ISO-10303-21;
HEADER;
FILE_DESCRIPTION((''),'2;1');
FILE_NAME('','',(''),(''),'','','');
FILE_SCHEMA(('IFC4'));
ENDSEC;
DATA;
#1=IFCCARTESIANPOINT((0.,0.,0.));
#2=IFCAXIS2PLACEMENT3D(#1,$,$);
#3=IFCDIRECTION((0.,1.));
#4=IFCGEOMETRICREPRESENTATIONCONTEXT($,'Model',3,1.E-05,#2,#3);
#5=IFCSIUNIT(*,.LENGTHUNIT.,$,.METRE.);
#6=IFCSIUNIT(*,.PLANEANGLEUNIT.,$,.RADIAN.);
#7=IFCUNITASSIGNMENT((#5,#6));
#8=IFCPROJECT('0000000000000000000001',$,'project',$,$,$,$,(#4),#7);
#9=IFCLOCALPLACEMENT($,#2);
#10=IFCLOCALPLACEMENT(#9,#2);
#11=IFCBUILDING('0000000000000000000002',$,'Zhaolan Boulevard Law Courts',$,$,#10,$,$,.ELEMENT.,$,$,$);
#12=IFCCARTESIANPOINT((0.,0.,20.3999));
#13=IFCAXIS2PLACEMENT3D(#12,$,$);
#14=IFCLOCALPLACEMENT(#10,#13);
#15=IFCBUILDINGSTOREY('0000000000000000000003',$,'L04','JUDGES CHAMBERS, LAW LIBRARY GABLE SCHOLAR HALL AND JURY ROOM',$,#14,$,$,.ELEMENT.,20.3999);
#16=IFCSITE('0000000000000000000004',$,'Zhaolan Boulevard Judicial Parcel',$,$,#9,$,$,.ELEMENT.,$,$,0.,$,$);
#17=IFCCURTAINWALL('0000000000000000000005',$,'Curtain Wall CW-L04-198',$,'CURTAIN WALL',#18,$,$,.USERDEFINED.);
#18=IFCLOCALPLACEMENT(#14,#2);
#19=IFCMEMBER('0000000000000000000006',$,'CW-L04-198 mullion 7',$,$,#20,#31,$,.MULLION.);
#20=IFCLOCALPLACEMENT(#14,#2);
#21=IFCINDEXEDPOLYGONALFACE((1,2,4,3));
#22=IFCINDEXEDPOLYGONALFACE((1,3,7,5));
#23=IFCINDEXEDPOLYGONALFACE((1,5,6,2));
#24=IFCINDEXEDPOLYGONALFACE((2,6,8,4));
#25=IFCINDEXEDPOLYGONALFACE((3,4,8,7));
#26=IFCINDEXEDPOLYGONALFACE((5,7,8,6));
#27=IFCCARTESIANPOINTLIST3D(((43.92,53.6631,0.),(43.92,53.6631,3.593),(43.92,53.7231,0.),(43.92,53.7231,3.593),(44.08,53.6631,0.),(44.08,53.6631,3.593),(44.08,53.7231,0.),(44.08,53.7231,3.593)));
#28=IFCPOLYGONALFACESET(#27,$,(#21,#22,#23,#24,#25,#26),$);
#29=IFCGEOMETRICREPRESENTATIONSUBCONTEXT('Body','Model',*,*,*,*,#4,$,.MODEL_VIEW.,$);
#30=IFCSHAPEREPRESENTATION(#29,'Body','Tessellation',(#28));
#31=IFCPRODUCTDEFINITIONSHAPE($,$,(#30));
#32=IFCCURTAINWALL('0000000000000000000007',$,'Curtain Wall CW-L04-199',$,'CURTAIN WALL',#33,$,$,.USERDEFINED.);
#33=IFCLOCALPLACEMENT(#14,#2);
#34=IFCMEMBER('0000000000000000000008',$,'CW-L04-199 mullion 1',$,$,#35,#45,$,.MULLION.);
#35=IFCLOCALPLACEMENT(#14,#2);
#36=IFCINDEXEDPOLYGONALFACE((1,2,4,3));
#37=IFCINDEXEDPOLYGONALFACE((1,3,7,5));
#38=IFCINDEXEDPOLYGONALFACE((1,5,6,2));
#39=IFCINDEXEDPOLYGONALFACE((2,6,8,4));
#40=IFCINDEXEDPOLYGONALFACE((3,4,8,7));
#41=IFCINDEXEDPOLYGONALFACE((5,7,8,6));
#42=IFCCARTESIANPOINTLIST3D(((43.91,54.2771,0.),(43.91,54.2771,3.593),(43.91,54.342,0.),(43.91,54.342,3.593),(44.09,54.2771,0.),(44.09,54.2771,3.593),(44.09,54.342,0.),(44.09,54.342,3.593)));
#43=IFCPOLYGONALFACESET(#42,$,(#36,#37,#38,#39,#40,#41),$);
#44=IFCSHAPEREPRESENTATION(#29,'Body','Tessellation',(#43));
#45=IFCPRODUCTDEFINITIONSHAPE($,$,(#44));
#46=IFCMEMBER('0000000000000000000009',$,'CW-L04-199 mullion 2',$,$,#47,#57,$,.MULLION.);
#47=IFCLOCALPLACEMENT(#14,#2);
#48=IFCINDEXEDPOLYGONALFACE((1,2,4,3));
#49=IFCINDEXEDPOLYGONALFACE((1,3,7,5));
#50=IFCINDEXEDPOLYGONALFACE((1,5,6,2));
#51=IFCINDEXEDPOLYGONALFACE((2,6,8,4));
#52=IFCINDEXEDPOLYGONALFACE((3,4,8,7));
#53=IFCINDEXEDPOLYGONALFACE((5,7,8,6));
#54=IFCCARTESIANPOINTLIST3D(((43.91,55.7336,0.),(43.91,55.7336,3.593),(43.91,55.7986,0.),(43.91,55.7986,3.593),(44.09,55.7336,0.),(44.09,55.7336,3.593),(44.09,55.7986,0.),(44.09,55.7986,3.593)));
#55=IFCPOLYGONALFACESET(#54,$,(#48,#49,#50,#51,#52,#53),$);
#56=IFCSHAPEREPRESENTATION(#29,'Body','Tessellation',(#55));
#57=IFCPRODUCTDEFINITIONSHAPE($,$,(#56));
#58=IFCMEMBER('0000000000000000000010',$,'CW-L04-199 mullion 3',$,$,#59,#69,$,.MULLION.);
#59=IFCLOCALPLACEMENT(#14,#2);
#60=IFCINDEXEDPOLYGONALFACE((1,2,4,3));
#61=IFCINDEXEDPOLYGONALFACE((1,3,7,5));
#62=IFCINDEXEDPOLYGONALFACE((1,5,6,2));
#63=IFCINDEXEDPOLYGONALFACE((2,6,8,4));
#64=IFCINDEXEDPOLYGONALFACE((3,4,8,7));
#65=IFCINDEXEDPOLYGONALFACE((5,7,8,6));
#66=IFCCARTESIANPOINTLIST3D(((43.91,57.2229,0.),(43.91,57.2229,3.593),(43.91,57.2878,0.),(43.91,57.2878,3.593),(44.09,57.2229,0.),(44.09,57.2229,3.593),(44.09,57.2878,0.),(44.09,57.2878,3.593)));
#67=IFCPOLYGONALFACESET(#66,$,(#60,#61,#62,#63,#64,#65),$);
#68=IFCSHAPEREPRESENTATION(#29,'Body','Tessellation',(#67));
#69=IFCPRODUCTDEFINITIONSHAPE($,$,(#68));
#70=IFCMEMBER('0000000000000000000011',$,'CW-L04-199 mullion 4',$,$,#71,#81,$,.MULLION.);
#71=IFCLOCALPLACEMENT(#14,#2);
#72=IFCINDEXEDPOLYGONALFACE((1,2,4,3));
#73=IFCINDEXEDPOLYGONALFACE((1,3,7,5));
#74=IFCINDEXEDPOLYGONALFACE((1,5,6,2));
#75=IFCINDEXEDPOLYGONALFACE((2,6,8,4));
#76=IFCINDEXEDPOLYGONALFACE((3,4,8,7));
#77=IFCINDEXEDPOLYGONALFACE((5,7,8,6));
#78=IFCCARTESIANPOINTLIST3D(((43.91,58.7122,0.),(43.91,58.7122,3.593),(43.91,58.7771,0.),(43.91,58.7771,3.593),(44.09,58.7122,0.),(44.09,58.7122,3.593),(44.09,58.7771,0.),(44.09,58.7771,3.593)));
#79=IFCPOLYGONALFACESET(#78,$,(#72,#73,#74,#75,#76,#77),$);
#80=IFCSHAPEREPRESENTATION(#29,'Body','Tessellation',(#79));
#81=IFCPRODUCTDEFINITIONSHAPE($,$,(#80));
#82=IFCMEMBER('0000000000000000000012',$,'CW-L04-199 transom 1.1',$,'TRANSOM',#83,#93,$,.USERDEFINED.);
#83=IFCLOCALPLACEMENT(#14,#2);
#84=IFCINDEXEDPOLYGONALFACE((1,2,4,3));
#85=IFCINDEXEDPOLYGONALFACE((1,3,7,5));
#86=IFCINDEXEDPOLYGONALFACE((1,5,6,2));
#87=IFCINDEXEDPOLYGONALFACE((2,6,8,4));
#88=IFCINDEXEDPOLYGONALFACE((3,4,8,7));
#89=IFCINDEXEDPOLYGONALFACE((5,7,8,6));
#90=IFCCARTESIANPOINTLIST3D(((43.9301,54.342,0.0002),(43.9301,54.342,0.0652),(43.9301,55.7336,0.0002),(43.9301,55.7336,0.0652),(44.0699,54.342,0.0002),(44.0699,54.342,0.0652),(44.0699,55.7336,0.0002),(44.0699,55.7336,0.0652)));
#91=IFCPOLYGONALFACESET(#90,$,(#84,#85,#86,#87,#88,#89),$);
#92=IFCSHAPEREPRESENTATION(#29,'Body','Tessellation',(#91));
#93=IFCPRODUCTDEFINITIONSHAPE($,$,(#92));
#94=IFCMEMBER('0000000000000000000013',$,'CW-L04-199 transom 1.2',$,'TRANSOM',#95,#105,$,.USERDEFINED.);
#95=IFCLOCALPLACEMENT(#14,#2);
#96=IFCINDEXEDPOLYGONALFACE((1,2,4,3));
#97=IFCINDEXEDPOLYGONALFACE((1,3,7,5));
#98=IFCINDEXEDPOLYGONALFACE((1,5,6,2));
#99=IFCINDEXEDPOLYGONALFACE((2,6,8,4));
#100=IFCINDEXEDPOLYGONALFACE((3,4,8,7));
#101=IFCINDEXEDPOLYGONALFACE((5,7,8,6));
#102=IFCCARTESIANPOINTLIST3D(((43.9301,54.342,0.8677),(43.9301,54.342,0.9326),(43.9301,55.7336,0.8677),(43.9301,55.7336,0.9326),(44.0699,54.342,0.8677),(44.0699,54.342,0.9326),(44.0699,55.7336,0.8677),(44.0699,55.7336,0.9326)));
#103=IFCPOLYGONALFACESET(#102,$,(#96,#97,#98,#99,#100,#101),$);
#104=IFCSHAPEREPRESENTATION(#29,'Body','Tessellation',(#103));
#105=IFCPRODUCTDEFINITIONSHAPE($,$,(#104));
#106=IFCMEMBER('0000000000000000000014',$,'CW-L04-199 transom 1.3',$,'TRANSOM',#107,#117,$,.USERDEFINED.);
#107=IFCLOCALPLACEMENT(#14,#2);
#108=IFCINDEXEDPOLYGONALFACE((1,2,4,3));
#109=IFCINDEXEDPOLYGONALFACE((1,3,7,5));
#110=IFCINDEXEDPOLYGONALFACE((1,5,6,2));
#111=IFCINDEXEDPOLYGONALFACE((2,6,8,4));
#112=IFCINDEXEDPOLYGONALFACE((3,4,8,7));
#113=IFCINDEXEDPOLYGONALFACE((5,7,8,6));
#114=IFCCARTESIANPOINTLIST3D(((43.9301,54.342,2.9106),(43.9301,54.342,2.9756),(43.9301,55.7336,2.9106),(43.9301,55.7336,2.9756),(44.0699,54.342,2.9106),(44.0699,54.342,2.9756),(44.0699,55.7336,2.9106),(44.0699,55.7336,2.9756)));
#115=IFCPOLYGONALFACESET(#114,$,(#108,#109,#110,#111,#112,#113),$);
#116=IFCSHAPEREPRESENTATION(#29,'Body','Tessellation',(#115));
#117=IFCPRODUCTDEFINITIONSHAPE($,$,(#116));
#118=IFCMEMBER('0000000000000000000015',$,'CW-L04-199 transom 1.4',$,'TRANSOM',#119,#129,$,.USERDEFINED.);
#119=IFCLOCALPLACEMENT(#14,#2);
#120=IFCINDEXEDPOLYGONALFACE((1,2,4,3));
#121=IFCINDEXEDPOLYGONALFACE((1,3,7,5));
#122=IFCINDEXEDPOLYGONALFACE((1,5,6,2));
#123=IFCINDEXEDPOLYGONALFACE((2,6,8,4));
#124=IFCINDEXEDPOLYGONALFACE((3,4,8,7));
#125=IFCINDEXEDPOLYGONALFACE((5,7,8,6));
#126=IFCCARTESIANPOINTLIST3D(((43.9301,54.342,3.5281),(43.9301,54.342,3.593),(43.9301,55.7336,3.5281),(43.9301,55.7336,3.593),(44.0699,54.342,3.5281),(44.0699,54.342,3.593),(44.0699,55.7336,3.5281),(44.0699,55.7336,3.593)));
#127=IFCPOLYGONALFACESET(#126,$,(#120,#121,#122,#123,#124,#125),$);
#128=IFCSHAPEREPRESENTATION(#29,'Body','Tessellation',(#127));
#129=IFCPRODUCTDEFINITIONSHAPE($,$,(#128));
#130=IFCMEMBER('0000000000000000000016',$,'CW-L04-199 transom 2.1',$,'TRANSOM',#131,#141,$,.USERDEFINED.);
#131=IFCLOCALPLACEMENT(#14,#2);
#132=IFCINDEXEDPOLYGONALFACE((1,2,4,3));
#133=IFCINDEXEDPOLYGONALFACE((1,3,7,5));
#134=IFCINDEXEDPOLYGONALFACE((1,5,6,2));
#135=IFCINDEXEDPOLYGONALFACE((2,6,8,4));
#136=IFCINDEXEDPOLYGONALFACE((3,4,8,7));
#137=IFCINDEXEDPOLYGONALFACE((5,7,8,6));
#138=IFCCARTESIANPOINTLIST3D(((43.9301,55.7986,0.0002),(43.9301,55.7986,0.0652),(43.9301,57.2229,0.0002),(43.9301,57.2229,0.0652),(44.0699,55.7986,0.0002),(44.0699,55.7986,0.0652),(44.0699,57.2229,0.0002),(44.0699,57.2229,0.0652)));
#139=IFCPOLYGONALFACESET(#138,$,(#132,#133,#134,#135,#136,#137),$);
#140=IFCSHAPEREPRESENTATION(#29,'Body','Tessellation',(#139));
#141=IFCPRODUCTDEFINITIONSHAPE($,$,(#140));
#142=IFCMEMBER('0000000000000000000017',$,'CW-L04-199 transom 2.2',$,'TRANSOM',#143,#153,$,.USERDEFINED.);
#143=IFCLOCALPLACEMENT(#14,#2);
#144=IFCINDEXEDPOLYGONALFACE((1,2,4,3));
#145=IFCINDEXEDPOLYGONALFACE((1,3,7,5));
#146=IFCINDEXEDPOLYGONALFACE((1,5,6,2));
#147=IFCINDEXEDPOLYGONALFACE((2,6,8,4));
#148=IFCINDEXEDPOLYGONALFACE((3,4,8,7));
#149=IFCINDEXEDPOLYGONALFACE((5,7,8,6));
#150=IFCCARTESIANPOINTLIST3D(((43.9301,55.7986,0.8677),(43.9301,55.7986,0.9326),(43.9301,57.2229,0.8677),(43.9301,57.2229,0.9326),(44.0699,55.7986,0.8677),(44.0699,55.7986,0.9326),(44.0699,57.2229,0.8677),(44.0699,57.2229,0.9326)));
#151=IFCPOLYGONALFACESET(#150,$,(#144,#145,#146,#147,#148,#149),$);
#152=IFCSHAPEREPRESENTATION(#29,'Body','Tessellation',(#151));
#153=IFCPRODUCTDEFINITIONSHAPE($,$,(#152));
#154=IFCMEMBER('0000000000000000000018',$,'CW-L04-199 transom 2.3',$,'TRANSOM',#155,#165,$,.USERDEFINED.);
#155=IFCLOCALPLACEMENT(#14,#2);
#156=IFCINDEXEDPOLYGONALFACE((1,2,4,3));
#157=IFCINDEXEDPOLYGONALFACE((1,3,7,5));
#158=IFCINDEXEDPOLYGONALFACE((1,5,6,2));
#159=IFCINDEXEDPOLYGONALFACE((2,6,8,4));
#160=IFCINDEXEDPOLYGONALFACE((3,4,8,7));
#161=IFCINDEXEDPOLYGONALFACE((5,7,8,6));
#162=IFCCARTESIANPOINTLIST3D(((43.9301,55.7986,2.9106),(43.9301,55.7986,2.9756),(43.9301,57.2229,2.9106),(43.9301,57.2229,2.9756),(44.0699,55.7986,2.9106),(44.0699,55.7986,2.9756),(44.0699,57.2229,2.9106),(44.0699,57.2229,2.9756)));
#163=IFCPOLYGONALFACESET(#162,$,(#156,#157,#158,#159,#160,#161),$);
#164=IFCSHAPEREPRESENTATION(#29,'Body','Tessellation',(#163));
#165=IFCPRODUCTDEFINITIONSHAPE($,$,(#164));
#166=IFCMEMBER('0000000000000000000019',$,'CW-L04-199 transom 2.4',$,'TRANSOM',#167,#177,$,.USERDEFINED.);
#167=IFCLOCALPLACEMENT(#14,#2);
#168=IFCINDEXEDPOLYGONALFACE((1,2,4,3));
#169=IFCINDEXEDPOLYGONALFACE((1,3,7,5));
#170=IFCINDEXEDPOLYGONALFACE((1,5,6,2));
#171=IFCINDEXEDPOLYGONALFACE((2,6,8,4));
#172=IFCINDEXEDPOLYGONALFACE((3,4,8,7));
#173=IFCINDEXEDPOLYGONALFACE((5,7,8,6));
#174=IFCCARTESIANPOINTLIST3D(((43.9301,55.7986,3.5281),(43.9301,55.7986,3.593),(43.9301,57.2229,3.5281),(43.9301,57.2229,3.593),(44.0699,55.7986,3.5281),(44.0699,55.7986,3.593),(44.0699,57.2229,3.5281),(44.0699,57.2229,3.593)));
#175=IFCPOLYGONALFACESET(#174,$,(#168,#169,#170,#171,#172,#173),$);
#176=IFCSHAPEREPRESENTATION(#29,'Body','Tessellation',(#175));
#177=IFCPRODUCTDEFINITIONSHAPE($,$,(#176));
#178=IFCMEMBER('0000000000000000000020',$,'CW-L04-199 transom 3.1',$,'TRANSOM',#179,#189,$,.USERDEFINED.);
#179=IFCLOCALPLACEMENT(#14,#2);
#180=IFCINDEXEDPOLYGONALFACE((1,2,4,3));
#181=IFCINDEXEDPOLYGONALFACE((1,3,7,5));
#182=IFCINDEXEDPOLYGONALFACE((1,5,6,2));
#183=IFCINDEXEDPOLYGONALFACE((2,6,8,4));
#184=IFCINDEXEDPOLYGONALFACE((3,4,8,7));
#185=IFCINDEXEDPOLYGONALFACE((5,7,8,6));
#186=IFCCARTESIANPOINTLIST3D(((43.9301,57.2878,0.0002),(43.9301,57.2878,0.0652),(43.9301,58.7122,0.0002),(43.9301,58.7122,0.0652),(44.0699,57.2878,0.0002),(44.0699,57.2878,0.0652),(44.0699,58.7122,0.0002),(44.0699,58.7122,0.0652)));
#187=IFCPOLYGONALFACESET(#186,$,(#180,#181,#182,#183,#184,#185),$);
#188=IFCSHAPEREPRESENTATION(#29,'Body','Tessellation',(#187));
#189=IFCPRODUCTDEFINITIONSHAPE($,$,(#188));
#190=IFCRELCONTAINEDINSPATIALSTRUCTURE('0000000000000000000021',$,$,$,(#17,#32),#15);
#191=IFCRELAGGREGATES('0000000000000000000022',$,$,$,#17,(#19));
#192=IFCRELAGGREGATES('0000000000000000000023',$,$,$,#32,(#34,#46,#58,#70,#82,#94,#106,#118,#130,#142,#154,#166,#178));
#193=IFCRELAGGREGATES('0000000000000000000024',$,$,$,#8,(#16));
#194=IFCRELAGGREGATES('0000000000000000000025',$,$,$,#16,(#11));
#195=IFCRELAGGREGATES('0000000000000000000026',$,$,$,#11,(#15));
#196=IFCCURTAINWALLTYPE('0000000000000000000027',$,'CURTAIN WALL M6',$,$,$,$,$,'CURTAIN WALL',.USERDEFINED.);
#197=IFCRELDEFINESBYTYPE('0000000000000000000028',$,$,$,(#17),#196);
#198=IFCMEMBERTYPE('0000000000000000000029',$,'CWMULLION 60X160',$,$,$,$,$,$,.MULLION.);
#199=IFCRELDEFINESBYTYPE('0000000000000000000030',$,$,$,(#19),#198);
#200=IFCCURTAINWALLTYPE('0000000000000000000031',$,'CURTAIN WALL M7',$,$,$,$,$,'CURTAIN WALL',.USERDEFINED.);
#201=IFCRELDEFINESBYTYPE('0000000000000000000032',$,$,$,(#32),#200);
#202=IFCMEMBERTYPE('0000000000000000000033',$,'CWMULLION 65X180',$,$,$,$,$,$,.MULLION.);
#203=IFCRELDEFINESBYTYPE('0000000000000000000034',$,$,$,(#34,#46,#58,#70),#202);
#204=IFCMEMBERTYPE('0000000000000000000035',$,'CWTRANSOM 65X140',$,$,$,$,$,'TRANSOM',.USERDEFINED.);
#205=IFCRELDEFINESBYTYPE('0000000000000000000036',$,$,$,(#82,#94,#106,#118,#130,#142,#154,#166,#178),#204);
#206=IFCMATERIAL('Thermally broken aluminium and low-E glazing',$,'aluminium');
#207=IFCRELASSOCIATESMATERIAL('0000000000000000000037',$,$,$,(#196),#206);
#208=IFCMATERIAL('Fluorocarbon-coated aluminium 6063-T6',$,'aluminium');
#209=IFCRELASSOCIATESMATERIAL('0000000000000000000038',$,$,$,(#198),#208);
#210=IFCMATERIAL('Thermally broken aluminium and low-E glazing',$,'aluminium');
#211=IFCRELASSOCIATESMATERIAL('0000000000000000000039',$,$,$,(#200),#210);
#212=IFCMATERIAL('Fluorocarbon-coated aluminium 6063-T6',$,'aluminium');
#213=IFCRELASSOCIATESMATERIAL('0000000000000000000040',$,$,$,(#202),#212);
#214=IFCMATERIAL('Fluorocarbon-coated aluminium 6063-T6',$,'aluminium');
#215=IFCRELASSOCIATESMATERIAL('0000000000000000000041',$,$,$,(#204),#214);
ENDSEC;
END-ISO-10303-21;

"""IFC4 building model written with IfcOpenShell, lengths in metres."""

from ifc_helpers import new_model, si_unit, direction, frame, origin, origin_2d, place, context, subcontext, project, spatial, rectangle, extrude, material, material_profile, profile_set, type_object, element, aggregate, save


model = new_model("IFC4")

# Units and contexts
model_context = context("Model", 3, precision=1e-05, world=origin(), true_north=direction((0.0, 1.0)))
body_context = subcontext(model_context, "Body", "Model", "MODEL_VIEW")
ifc_project = project(units=[si_unit("LENGTHUNIT", "METRE"), si_unit("PLANEANGLEUNIT", "RADIAN")], contexts=[model_context])

# Site, building, storey
site_placement = place(None, origin())
site = spatial("IfcSite", under=ifc_project, at=site_placement, Name="Zhaolan Boulevard Judicial Parcel", CompositionType="ELEMENT", RefElevation=0.0)
building_placement = place(site_placement, origin())
building = spatial("IfcBuilding", under=site, at=building_placement, Name="Zhaolan Boulevard Law Courts", CompositionType="ELEMENT")
storey_placement = place(building_placement, frame((0.0, 0.0, 20.3999)))
storey = spatial("IfcBuildingStorey", under=building, at=storey_placement, Name="L04", Description="JUDGES CHAMBERS, LAW LIBRARY GABLE SCHOLAR HALL AND JURY ROOM", CompositionType="ELEMENT", Elevation=20.3999)

# Curtain wall, member
ifc_material_1 = material(Name="Thermally broken aluminium and low-E glazing", Category="aluminium")
curtain_wall_type_1 = type_object("IfcCurtainWallType", Name="CURTAIN WALL M6", ElementType="CURTAIN WALL", PredefinedType="USERDEFINED", material=ifc_material_1)
curtain_wall_1_placement = place(storey_placement, origin())
curtain_wall_1 = element("IfcCurtainWall", 1, at=curtain_wall_1_placement, inside=storey, type_object=curtain_wall_type_1, Name="Curtain Wall CW-L04-198", ObjectType="CURTAIN WALL", PredefinedType="USERDEFINED")
ifc_material_2 = material(Name="Fluorocarbon-coated aluminium 6063-T6", Category="aluminium")
ifc_material_profile_1 = material_profile(ifc_material_2, rectangle(XDim=0.1599, YDim=0.0601, at=origin_2d()), Name="AL60x160")
ifc_profile_set_1 = profile_set([ifc_material_profile_1], Name="Fluorocarbon-coated aluminium 6063-T6")
member_type_1 = type_object("IfcMemberType", Name="CWMULLION 60X160", PredefinedType="MULLION", material=ifc_profile_set_1)
member_1_placement = place(storey_placement, frame((44.0, 53.6931, 0.0), z_axis=(0.0, 0.0, 1.0), x_axis=(-1.0, 0.0, 0.0)))
member_1 = element("IfcMember", 2, at=member_1_placement, type_object=member_type_1, Name="CW-L04-198 mullion 7", PredefinedType="MULLION", context=body_context, shape_type="SweptSolid", body=[
    extrude(rectangle(XDim=0.1599, YDim=0.0601, at=origin_2d()), origin(), (0.0, 0.0, 1.0), 3.593),
])
aggregate(curtain_wall_1, [member_1])

# Curtain wall, members
ifc_material_3 = material(Name="Thermally broken aluminium and low-E glazing", Category="aluminium")
curtain_wall_type_2 = type_object("IfcCurtainWallType", Name="CURTAIN WALL M7", ElementType="CURTAIN WALL", PredefinedType="USERDEFINED", material=ifc_material_3)
curtain_wall_2_placement = place(storey_placement, origin())
curtain_wall_2 = element("IfcCurtainWall", 3, at=curtain_wall_2_placement, inside=storey, type_object=curtain_wall_type_2, Name="Curtain Wall CW-L04-199", ObjectType="CURTAIN WALL", PredefinedType="USERDEFINED")
ifc_material_4 = material(Name="Fluorocarbon-coated aluminium 6063-T6", Category="aluminium")
ifc_material_profile_2 = material_profile(ifc_material_4, rectangle(XDim=0.1799, YDim=0.0649, at=origin_2d()), Name="AL65x180")
ifc_profile_set_2 = profile_set([ifc_material_profile_2], Name="Fluorocarbon-coated aluminium 6063-T6")
member_type_2 = type_object("IfcMemberType", Name="CWMULLION 65X180", PredefinedType="MULLION", material=ifc_profile_set_2)
member_2_placement = place(storey_placement, frame((44.0, 54.3096, 0.0), z_axis=(0.0, 0.0, 1.0), x_axis=(-1.0, 0.0, 0.0)))
member_2 = element("IfcMember", 4, at=member_2_placement, type_object=member_type_2, Name="CW-L04-199 mullion 1", PredefinedType="MULLION", context=body_context, shape_type="SweptSolid", body=[
    extrude(rectangle(XDim=0.1799, YDim=0.0649, at=origin_2d()), origin(), (0.0, 0.0, 1.0), 3.593),
])
member_3_placement = place(storey_placement, frame((44.0, 55.7661, 0.0), z_axis=(0.0, 0.0, 1.0), x_axis=(-1.0, 0.0, 0.0)))
member_3 = element("IfcMember", 5, at=member_3_placement, type_object=member_type_2, Name="CW-L04-199 mullion 2", PredefinedType="MULLION", context=body_context, shape_type="SweptSolid", body=[
    extrude(rectangle(XDim=0.1799, YDim=0.0649, at=origin_2d()), origin(), (0.0, 0.0, 1.0), 3.593),
])
member_4_placement = place(storey_placement, frame((44.0, 57.2554, 0.0), z_axis=(0.0, 0.0, 1.0), x_axis=(-1.0, 0.0, 0.0)))
member_4 = element("IfcMember", 6, at=member_4_placement, type_object=member_type_2, Name="CW-L04-199 mullion 3", PredefinedType="MULLION", context=body_context, shape_type="SweptSolid", body=[
    extrude(rectangle(XDim=0.1799, YDim=0.0649, at=origin_2d()), origin(), (0.0, 0.0, 1.0), 3.593),
])
member_5_placement = place(storey_placement, frame((44.0, 58.7446, 0.0), z_axis=(0.0, 0.0, 1.0), x_axis=(-1.0, 0.0, 0.0)))
member_5 = element("IfcMember", 7, at=member_5_placement, type_object=member_type_2, Name="CW-L04-199 mullion 4", PredefinedType="MULLION", context=body_context, shape_type="SweptSolid", body=[
    extrude(rectangle(XDim=0.1799, YDim=0.0649, at=origin_2d()), origin(), (0.0, 0.0, 1.0), 3.593),
])
ifc_material_5 = material(Name="Fluorocarbon-coated aluminium 6063-T6", Category="aluminium")
ifc_material_profile_3 = material_profile(ifc_material_5, rectangle(XDim=0.1399, YDim=0.0649, at=origin_2d()), Name="AL65x140")
ifc_profile_set_3 = profile_set([ifc_material_profile_3], Name="Fluorocarbon-coated aluminium 6063-T6")
member_type_3 = type_object("IfcMemberType", Name="CWTRANSOM 65X140", ElementType="TRANSOM", PredefinedType="USERDEFINED", material=ifc_profile_set_3)
member_6_placement = place(storey_placement, frame((44.0, 54.342, 0.0327), z_axis=(0.0, 1.0, 0.0), x_axis=(-1.0, 0.0, 0.0)))
member_6 = element("IfcMember", 8, at=member_6_placement, type_object=member_type_3, Name="CW-L04-199 transom 1.1", ObjectType="TRANSOM", PredefinedType="USERDEFINED", context=body_context, shape_type="SweptSolid", body=[
    extrude(rectangle(XDim=0.1399, YDim=0.0649, at=origin_2d()), origin(), (0.0, 0.0, 1.0), 1.3916),
])
member_7_placement = place(storey_placement, frame((44.0, 54.342, 0.9001), z_axis=(0.0, 1.0, 0.0), x_axis=(-1.0, 0.0, 0.0)))
member_7 = element("IfcMember", 9, at=member_7_placement, type_object=member_type_3, Name="CW-L04-199 transom 1.2", ObjectType="TRANSOM", PredefinedType="USERDEFINED", context=body_context, shape_type="SweptSolid", body=[
    extrude(rectangle(XDim=0.1399, YDim=0.0649, at=origin_2d()), origin(), (0.0, 0.0, 1.0), 1.3916),
])
member_8_placement = place(storey_placement, frame((44.0, 54.342, 2.9431), z_axis=(0.0, 1.0, 0.0), x_axis=(-1.0, 0.0, 0.0)))
member_8 = element("IfcMember", 10, at=member_8_placement, type_object=member_type_3, Name="CW-L04-199 transom 1.3", ObjectType="TRANSOM", PredefinedType="USERDEFINED", context=body_context, shape_type="SweptSolid", body=[
    extrude(rectangle(XDim=0.1399, YDim=0.0649, at=origin_2d()), origin(), (0.0, 0.0, 1.0), 1.3916),
])
member_9_placement = place(storey_placement, frame((44.0, 54.342, 3.5605), z_axis=(0.0, 1.0, 0.0), x_axis=(-1.0, 0.0, 0.0)))
member_9 = element("IfcMember", 11, at=member_9_placement, type_object=member_type_3, Name="CW-L04-199 transom 1.4", ObjectType="TRANSOM", PredefinedType="USERDEFINED", context=body_context, shape_type="SweptSolid", body=[
    extrude(rectangle(XDim=0.1399, YDim=0.0649, at=origin_2d()), origin(), (0.0, 0.0, 1.0), 1.3916),
])
member_10_placement = place(storey_placement, frame((44.0, 55.7986, 0.0327), z_axis=(0.0, 1.0, 0.0), x_axis=(-1.0, 0.0, 0.0)))
member_10 = element("IfcMember", 12, at=member_10_placement, type_object=member_type_3, Name="CW-L04-199 transom 2.1", ObjectType="TRANSOM", PredefinedType="USERDEFINED", context=body_context, shape_type="SweptSolid", body=[
    extrude(rectangle(XDim=0.1399, YDim=0.0649, at=origin_2d()), origin(), (0.0, 0.0, 1.0), 1.4243),
])
member_11_placement = place(storey_placement, frame((44.0, 55.7986, 0.9001), z_axis=(0.0, 1.0, 0.0), x_axis=(-1.0, 0.0, 0.0)))
member_11 = element("IfcMember", 13, at=member_11_placement, type_object=member_type_3, Name="CW-L04-199 transom 2.2", ObjectType="TRANSOM", PredefinedType="USERDEFINED", context=body_context, shape_type="SweptSolid", body=[
    extrude(rectangle(XDim=0.1399, YDim=0.0649, at=origin_2d()), origin(), (0.0, 0.0, 1.0), 1.4243),
])
member_12_placement = place(storey_placement, frame((44.0, 55.7986, 2.9431), z_axis=(0.0, 1.0, 0.0), x_axis=(-1.0, 0.0, 0.0)))
member_12 = element("IfcMember", 14, at=member_12_placement, type_object=member_type_3, Name="CW-L04-199 transom 2.3", ObjectType="TRANSOM", PredefinedType="USERDEFINED", context=body_context, shape_type="SweptSolid", body=[
    extrude(rectangle(XDim=0.1399, YDim=0.0649, at=origin_2d()), origin(), (0.0, 0.0, 1.0), 1.4243),
])
member_13_placement = place(storey_placement, frame((44.0, 55.7986, 3.5605), z_axis=(0.0, 1.0, 0.0), x_axis=(-1.0, 0.0, 0.0)))
member_13 = element("IfcMember", 15, at=member_13_placement, type_object=member_type_3, Name="CW-L04-199 transom 2.4", ObjectType="TRANSOM", PredefinedType="USERDEFINED", context=body_context, shape_type="SweptSolid", body=[
    extrude(rectangle(XDim=0.1399, YDim=0.0649, at=origin_2d()), origin(), (0.0, 0.0, 1.0), 1.4243),
])
member_14_placement = place(storey_placement, frame((44.0, 57.2878, 0.0327), z_axis=(0.0, 1.0, 0.0), x_axis=(-1.0, 0.0, 0.0)))
member_14 = element("IfcMember", 16, at=member_14_placement, type_object=member_type_3, Name="CW-L04-199 transom 3.1", ObjectType="TRANSOM", PredefinedType="USERDEFINED", context=body_context, shape_type="SweptSolid", body=[
    extrude(rectangle(XDim=0.1399, YDim=0.0649, at=origin_2d()), origin(), (0.0, 0.0, 1.0), 1.4243),
])
aggregate(curtain_wall_2, [member_2, member_3, member_4, member_5, member_6, member_7, member_8, member_9, member_10, member_11, member_12, member_13, member_14])

save(model, "model.ifc")
